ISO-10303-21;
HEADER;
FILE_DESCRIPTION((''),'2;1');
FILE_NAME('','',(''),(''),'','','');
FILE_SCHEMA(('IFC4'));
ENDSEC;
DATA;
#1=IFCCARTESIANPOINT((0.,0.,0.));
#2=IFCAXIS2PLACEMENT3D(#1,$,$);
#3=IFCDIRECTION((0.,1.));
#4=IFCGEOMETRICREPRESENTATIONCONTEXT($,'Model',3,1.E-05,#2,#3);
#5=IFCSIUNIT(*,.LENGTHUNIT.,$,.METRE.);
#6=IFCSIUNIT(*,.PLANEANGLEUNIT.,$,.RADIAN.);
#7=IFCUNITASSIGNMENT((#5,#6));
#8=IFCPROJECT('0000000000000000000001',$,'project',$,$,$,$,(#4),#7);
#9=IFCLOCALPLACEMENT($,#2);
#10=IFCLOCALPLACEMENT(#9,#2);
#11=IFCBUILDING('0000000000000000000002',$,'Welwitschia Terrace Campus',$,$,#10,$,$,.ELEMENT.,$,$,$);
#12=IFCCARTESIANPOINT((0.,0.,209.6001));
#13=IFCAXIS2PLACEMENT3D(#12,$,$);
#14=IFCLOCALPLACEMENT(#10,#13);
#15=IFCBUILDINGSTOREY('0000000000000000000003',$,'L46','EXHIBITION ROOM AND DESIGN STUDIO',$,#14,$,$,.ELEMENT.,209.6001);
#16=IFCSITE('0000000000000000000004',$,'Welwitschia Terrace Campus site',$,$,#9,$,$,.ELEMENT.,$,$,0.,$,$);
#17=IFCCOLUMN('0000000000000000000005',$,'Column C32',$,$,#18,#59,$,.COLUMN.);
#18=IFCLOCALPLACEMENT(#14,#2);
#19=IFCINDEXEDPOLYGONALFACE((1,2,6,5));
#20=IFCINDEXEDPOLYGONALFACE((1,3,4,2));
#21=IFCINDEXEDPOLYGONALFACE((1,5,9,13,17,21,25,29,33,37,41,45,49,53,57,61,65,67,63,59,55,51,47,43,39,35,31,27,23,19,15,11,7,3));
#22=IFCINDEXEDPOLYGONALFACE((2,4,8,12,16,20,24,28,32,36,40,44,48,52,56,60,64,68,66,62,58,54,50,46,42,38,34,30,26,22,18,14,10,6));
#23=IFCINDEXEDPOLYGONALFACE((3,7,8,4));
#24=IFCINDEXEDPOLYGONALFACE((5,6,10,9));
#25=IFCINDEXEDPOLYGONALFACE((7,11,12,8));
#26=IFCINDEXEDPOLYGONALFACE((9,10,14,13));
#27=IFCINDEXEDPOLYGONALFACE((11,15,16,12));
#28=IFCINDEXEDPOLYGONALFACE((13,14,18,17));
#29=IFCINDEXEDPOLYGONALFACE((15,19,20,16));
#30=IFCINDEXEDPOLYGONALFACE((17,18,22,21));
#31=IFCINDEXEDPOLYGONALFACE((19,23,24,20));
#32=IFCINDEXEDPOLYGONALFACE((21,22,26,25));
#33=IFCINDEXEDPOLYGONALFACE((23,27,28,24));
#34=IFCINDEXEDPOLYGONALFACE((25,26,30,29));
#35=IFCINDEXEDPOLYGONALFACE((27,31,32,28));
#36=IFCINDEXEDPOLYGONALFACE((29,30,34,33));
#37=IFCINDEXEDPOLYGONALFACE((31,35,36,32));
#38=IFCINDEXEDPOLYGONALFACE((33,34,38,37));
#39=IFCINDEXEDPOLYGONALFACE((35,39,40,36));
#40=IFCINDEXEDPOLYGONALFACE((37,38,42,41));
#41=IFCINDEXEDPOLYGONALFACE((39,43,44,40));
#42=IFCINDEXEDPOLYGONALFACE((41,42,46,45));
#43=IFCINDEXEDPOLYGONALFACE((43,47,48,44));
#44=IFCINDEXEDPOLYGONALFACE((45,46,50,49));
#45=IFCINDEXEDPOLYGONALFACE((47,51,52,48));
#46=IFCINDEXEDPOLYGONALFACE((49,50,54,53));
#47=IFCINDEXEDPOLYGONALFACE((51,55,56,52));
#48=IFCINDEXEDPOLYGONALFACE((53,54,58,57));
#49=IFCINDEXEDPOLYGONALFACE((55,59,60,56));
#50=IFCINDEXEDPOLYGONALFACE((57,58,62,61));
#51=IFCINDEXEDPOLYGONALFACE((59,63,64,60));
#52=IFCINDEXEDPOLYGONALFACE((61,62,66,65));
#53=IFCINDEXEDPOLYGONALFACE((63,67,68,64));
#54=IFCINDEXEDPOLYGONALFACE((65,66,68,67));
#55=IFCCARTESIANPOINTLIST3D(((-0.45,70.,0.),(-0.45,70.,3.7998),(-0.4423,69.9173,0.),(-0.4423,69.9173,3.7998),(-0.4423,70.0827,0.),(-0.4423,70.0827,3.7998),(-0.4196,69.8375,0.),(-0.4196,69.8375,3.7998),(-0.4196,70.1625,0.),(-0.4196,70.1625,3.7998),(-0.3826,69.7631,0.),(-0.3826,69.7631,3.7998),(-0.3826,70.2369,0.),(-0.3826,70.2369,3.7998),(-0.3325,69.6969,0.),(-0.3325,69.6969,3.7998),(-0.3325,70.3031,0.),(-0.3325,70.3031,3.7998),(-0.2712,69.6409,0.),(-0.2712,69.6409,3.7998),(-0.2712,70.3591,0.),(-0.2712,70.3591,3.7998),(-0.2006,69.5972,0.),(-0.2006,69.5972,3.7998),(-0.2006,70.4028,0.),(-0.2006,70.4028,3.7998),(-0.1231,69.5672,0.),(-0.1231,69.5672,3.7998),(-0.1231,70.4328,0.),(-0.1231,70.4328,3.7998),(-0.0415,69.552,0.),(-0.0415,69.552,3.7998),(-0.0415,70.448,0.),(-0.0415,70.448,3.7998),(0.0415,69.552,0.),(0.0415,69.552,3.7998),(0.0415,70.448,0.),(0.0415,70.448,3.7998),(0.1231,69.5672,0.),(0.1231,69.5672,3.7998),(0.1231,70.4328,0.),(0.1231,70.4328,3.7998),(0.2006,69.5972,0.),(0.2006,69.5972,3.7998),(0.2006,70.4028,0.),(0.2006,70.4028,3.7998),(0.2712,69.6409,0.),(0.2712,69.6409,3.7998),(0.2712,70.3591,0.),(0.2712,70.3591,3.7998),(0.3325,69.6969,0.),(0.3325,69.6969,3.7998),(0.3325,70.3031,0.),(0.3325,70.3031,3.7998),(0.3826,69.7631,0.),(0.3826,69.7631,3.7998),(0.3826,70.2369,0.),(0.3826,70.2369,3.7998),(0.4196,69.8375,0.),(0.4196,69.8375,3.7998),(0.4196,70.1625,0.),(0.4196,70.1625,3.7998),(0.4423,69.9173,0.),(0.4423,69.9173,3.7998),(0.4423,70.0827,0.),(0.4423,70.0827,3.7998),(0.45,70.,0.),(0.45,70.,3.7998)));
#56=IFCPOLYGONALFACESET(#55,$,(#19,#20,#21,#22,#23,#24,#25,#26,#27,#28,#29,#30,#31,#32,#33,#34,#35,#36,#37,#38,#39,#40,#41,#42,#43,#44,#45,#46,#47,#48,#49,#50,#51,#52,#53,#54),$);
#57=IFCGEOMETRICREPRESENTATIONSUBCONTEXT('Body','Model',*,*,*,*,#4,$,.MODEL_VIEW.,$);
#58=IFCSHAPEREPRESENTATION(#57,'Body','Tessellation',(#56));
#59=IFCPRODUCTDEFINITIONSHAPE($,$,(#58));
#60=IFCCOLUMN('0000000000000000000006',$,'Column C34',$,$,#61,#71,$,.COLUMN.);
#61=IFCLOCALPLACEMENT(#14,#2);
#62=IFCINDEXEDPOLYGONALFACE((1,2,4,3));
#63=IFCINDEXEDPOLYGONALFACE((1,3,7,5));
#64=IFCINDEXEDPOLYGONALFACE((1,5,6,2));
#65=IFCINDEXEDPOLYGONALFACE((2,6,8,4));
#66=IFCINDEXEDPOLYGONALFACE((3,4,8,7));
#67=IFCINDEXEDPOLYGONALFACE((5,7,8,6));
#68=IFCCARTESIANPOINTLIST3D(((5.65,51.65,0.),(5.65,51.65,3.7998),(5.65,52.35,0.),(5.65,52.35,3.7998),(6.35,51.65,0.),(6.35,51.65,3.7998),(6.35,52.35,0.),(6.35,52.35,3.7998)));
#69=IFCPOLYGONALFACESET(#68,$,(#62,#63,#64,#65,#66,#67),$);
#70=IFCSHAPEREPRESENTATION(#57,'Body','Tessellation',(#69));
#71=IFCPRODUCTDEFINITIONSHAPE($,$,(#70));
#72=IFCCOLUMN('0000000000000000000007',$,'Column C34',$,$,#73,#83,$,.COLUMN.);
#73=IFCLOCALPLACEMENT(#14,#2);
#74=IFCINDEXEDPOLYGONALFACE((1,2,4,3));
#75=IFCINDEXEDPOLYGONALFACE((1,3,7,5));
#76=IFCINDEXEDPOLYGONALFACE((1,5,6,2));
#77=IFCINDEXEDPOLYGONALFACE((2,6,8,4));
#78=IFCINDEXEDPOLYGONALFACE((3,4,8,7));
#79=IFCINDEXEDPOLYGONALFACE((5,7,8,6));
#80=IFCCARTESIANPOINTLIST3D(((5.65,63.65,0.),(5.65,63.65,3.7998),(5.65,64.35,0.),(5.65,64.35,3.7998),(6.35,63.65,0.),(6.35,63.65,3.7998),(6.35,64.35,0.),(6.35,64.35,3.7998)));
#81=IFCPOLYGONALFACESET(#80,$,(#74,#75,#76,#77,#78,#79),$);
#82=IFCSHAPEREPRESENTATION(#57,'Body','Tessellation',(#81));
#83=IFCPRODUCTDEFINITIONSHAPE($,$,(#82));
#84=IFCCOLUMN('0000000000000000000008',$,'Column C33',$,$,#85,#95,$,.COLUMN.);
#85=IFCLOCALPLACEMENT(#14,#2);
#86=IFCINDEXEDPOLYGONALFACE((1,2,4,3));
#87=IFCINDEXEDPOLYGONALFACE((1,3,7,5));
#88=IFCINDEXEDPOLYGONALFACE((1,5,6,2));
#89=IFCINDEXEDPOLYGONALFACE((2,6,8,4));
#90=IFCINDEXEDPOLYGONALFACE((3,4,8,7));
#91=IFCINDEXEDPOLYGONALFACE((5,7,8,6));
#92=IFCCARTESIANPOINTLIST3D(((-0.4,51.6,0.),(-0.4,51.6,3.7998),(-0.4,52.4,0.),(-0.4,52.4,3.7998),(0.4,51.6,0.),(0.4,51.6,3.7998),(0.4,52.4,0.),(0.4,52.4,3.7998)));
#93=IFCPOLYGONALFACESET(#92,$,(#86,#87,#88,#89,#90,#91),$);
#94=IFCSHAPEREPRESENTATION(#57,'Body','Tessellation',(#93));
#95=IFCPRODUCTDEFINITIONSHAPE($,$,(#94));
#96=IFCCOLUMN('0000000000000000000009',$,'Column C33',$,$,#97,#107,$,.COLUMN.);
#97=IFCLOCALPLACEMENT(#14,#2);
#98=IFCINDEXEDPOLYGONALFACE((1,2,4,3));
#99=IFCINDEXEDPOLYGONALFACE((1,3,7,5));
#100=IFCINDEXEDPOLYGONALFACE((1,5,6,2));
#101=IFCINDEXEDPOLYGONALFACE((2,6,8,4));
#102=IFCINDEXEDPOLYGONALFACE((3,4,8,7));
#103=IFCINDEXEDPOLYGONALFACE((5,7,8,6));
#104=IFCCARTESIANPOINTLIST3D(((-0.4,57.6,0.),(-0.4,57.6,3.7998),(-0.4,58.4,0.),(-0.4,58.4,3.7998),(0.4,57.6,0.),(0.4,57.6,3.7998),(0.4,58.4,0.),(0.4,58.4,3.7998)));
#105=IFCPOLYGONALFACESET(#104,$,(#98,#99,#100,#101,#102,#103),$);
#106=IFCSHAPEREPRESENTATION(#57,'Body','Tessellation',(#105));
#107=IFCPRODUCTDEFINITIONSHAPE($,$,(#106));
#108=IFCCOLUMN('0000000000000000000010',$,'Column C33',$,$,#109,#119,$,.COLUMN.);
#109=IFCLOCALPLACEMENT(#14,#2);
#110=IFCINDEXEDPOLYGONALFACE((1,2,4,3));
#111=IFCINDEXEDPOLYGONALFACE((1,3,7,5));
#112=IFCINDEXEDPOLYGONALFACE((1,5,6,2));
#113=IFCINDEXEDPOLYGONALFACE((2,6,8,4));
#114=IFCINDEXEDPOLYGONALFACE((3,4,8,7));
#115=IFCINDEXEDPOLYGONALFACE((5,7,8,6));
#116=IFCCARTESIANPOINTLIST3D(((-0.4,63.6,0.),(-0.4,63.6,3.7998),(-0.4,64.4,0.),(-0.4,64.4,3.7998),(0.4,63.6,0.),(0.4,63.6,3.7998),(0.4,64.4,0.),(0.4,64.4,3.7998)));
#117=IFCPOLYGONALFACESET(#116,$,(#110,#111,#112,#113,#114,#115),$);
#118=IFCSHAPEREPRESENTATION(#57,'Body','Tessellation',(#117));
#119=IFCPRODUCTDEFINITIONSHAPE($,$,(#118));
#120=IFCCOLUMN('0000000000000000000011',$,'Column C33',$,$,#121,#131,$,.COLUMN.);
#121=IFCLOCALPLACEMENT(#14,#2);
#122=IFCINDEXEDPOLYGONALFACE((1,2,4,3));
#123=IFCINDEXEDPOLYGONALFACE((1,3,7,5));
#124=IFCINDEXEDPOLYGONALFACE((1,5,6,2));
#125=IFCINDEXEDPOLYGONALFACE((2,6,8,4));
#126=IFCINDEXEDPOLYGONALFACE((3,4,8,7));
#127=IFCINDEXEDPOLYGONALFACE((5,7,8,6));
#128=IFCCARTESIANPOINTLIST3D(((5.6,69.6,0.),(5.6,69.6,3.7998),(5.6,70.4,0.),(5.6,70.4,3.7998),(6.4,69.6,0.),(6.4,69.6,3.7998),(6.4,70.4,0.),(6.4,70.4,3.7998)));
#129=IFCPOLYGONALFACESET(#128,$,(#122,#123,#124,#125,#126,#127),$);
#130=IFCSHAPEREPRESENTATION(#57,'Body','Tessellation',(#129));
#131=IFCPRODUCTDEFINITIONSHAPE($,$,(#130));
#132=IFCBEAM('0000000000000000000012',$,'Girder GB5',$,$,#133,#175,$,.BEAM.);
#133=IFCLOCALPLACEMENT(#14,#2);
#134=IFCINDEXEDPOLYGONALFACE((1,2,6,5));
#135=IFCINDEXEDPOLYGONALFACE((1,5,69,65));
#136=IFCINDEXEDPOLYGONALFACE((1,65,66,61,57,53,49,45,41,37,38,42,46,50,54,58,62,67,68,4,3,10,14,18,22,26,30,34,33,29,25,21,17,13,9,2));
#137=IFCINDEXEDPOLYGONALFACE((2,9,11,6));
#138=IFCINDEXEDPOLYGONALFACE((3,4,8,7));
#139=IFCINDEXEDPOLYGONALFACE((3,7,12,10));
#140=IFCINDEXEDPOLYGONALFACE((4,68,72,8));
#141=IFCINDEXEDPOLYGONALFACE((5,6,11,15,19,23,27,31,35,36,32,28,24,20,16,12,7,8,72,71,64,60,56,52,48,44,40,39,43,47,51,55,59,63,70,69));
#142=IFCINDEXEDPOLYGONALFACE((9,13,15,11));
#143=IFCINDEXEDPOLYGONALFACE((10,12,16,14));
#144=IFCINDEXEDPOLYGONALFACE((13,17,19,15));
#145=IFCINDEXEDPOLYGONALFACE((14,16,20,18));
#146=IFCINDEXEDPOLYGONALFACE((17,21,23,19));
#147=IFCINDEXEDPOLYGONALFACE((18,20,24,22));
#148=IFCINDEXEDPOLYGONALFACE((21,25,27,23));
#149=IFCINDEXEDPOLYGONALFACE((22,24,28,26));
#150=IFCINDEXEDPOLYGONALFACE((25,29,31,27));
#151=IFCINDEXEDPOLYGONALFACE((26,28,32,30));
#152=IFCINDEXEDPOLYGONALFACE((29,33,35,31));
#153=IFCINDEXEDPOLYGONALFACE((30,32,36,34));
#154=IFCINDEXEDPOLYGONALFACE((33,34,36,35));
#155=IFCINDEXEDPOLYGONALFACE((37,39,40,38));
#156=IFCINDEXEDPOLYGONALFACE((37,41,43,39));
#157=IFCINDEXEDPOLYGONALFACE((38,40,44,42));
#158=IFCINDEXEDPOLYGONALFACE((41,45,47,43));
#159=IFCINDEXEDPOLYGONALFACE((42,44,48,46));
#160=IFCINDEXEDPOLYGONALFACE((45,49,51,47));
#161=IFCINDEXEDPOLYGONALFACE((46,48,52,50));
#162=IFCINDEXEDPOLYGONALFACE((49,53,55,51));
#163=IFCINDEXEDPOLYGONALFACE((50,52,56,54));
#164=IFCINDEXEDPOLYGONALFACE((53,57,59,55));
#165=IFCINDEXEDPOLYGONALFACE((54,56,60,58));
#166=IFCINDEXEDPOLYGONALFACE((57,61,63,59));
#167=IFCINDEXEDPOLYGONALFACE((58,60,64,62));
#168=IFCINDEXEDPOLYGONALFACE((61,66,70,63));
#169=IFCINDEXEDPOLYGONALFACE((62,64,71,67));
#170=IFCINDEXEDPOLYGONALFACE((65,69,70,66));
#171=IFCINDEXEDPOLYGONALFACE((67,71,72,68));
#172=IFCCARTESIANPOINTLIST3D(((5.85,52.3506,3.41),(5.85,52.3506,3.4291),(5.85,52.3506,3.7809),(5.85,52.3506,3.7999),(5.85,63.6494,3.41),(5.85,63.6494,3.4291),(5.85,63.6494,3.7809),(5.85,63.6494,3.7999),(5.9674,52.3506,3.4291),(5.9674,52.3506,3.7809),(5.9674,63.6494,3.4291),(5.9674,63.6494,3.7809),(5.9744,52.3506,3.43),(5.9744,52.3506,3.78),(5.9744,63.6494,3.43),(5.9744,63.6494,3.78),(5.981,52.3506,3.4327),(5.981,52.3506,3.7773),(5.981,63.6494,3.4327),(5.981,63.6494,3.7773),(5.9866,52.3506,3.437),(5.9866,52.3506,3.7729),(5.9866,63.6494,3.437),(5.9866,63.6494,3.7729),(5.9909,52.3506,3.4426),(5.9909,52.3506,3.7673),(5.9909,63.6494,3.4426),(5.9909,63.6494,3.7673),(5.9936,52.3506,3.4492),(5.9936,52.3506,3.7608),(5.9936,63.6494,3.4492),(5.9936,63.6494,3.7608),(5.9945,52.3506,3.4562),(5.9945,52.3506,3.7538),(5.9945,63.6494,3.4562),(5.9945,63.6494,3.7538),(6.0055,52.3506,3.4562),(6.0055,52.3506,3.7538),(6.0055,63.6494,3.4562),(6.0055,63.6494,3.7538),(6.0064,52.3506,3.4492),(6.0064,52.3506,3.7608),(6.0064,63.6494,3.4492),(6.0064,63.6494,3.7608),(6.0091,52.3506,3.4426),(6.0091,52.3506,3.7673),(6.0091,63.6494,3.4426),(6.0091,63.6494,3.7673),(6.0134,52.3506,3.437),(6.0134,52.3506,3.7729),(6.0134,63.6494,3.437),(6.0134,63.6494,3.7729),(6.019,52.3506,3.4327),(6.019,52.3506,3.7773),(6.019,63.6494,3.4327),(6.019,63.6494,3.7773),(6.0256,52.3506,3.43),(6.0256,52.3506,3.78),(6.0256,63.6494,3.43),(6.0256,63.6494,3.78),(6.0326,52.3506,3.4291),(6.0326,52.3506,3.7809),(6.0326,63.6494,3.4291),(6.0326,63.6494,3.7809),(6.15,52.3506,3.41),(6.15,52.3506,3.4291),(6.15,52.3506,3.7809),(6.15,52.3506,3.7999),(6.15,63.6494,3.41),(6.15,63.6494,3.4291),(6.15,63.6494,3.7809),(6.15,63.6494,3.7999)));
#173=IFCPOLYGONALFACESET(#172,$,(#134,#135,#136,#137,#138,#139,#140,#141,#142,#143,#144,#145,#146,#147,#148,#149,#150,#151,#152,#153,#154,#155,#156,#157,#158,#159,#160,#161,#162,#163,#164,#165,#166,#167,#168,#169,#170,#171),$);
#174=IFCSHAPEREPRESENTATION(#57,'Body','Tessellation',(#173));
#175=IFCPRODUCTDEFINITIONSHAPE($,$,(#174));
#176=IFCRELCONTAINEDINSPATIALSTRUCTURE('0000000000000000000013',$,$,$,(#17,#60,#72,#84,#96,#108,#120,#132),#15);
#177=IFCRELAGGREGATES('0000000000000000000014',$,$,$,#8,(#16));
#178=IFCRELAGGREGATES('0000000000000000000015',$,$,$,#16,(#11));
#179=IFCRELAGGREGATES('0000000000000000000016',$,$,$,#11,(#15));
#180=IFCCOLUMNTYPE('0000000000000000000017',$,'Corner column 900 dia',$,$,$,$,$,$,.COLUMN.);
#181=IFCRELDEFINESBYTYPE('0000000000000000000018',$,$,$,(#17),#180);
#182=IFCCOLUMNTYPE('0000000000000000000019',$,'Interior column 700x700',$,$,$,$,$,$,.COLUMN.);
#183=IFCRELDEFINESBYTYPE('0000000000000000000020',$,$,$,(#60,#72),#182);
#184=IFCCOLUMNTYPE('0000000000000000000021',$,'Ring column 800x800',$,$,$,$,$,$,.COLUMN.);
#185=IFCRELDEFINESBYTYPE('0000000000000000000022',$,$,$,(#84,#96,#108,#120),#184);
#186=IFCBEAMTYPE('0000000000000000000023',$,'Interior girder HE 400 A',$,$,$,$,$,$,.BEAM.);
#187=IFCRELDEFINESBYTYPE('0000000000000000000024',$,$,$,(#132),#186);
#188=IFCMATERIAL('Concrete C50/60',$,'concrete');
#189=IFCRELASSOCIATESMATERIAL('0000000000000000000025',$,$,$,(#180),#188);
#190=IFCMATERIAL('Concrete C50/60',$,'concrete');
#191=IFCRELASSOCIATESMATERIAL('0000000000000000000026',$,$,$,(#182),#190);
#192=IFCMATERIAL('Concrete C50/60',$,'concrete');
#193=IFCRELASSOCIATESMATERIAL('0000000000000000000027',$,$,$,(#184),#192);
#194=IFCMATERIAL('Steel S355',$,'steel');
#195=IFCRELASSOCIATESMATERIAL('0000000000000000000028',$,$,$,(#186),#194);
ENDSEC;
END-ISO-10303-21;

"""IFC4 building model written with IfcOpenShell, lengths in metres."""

from ifc_helpers import new_model, si_unit, direction, frame, origin, origin_2d, place, context, subcontext, project, spatial, rectangle, circle, i_section, extrude, material, material_profile, profile_set, type_object, element, save


model = new_model("IFC4")

# Units and contexts
model_context = context("Model", 3, precision=1e-05, world=origin(), true_north=direction((0.0, 1.0)))
body_context = subcontext(model_context, "Body", "Model", "MODEL_VIEW")
ifc_project = project(units=[si_unit("LENGTHUNIT", "METRE"), si_unit("PLANEANGLEUNIT", "RADIAN")], contexts=[model_context])

# Site, building, storey
site_placement = place(None, origin())
site = spatial("IfcSite", under=ifc_project, at=site_placement, Name="Welwitschia Terrace Campus site", CompositionType="ELEMENT", RefElevation=0.0)
building_placement = place(site_placement, origin())
building = spatial("IfcBuilding", under=site, at=building_placement, Name="Welwitschia Terrace Campus", CompositionType="ELEMENT")
storey_placement = place(building_placement, frame((0.0, 0.0, 209.6001)))
storey = spatial("IfcBuildingStorey", under=building, at=storey_placement, Name="L46", Description="EXHIBITION ROOM AND DESIGN STUDIO", CompositionType="ELEMENT", Elevation=209.6001)

# Columns
ifc_material_1 = material(Name="Concrete C50/60", Category="concrete")
ifc_material_profile_1 = material_profile(ifc_material_1, circle(Radius=0.45, at=origin_2d()))
ifc_profile_set_1 = profile_set([ifc_material_profile_1], Name="Concrete C50/60")
column_type_1 = type_object("IfcColumnType", Name="Corner column 900 dia", PredefinedType="COLUMN", material=ifc_profile_set_1)
column_placement = place(storey_placement, frame((0.0, 70.0, 0.0), z_axis=(0.0, 0.0, 1.0), x_axis=(1.0, 0.0, 0.0)))
element("IfcColumn", 1, at=column_placement, inside=storey, type_object=column_type_1, Name="Column C32", PredefinedType="COLUMN", context=body_context, shape_type="SweptSolid", body=[
    extrude(circle(Radius=0.45, at=origin_2d()), origin(), (0.0, 0.0, 1.0), 3.7998),
])
ifc_material_2 = material(Name="Concrete C50/60", Category="concrete")
ifc_material_profile_2 = material_profile(ifc_material_2, rectangle(XDim=0.7, YDim=0.7, at=origin_2d()))
ifc_profile_set_2 = profile_set([ifc_material_profile_2], Name="Concrete C50/60")
column_type_2 = type_object("IfcColumnType", Name="Interior column 700x700", PredefinedType="COLUMN", material=ifc_profile_set_2)
for number, where, z_axis, x_axis, name in (
    (2, (6.0, 52.0, 0.0), (0.0, 0.0, 1.0), (1.0, 0.0, 0.0), "Column C34"),
    (3, (6.0, 64.0, 0.0), (0.0, 0.0, 1.0), (1.0, 0.0, 0.0), "Column C34"),
):
    element("IfcColumn", number, at=place(storey_placement, frame(where, z_axis=z_axis, x_axis=x_axis)), inside=storey, type_object=column_type_2, Name=name, PredefinedType="COLUMN", context=body_context, shape_type="SweptSolid", body=[
        extrude(rectangle(XDim=0.7, YDim=0.7, at=origin_2d()), origin(), (0.0, 0.0, 1.0), 3.7998),
    ])
ifc_material_3 = material(Name="Concrete C50/60", Category="concrete")
ifc_material_profile_3 = material_profile(ifc_material_3, rectangle(XDim=0.8, YDim=0.8, at=origin_2d()))
ifc_profile_set_3 = profile_set([ifc_material_profile_3], Name="Concrete C50/60")
column_type_3 = type_object("IfcColumnType", Name="Ring column 800x800", PredefinedType="COLUMN", material=ifc_profile_set_3)
for number, where, z_axis, x_axis, name in (
    (4, (0.0, 52.0, 0.0), (0.0, 0.0, 1.0), (1.0, 0.0, 0.0), "Column C33"),
    (5, (0.0, 58.0, 0.0), (0.0, 0.0, 1.0), (1.0, 0.0, 0.0), "Column C33"),
    (6, (0.0, 64.0, 0.0), (0.0, 0.0, 1.0), (1.0, 0.0, 0.0), "Column C33"),
    (7, (6.0, 70.0, 0.0), (0.0, 0.0, 1.0), (1.0, 0.0, 0.0), "Column C33"),
):
    element("IfcColumn", number, at=place(storey_placement, frame(where, z_axis=z_axis, x_axis=x_axis)), inside=storey, type_object=column_type_3, Name=name, PredefinedType="COLUMN", context=body_context, shape_type="SweptSolid", body=[
        extrude(rectangle(XDim=0.8, YDim=0.8, at=origin_2d()), origin(), (0.0, 0.0, 1.0), 3.7998),
    ])

# Beam
ifc_material_4 = material(Name="Steel S355", Category="steel")
ifc_material_profile_4 = material_profile(ifc_material_4, i_section(OverallWidth=0.3, OverallDepth=0.3899, WebThickness=0.011, FlangeThickness=0.019, FilletRadius=0.0271, at=origin_2d()))
ifc_profile_set_4 = profile_set([ifc_material_profile_4], Name="Steel S355")
beam_type_1 = type_object("IfcBeamType", Name="Interior girder HE 400 A", PredefinedType="BEAM", material=ifc_profile_set_4)
beam_1_placement = place(storey_placement, frame((6.0, 52.3506, 3.605), z_axis=(0.0, 1.0, 0.0), x_axis=(-1.0, 0.0, 0.0)))
element("IfcBeam", 8, at=beam_1_placement, inside=storey, type_object=beam_type_1, Name="Girder GB5", PredefinedType="BEAM", context=body_context, shape_type="SweptSolid", body=[
    extrude(i_section(OverallWidth=0.3, OverallDepth=0.3899, WebThickness=0.011, FlangeThickness=0.019, FilletRadius=0.0271, at=origin_2d()), origin(), (0.0, 0.0, 1.0), 11.2988),
])

save(model, "model.ifc")
